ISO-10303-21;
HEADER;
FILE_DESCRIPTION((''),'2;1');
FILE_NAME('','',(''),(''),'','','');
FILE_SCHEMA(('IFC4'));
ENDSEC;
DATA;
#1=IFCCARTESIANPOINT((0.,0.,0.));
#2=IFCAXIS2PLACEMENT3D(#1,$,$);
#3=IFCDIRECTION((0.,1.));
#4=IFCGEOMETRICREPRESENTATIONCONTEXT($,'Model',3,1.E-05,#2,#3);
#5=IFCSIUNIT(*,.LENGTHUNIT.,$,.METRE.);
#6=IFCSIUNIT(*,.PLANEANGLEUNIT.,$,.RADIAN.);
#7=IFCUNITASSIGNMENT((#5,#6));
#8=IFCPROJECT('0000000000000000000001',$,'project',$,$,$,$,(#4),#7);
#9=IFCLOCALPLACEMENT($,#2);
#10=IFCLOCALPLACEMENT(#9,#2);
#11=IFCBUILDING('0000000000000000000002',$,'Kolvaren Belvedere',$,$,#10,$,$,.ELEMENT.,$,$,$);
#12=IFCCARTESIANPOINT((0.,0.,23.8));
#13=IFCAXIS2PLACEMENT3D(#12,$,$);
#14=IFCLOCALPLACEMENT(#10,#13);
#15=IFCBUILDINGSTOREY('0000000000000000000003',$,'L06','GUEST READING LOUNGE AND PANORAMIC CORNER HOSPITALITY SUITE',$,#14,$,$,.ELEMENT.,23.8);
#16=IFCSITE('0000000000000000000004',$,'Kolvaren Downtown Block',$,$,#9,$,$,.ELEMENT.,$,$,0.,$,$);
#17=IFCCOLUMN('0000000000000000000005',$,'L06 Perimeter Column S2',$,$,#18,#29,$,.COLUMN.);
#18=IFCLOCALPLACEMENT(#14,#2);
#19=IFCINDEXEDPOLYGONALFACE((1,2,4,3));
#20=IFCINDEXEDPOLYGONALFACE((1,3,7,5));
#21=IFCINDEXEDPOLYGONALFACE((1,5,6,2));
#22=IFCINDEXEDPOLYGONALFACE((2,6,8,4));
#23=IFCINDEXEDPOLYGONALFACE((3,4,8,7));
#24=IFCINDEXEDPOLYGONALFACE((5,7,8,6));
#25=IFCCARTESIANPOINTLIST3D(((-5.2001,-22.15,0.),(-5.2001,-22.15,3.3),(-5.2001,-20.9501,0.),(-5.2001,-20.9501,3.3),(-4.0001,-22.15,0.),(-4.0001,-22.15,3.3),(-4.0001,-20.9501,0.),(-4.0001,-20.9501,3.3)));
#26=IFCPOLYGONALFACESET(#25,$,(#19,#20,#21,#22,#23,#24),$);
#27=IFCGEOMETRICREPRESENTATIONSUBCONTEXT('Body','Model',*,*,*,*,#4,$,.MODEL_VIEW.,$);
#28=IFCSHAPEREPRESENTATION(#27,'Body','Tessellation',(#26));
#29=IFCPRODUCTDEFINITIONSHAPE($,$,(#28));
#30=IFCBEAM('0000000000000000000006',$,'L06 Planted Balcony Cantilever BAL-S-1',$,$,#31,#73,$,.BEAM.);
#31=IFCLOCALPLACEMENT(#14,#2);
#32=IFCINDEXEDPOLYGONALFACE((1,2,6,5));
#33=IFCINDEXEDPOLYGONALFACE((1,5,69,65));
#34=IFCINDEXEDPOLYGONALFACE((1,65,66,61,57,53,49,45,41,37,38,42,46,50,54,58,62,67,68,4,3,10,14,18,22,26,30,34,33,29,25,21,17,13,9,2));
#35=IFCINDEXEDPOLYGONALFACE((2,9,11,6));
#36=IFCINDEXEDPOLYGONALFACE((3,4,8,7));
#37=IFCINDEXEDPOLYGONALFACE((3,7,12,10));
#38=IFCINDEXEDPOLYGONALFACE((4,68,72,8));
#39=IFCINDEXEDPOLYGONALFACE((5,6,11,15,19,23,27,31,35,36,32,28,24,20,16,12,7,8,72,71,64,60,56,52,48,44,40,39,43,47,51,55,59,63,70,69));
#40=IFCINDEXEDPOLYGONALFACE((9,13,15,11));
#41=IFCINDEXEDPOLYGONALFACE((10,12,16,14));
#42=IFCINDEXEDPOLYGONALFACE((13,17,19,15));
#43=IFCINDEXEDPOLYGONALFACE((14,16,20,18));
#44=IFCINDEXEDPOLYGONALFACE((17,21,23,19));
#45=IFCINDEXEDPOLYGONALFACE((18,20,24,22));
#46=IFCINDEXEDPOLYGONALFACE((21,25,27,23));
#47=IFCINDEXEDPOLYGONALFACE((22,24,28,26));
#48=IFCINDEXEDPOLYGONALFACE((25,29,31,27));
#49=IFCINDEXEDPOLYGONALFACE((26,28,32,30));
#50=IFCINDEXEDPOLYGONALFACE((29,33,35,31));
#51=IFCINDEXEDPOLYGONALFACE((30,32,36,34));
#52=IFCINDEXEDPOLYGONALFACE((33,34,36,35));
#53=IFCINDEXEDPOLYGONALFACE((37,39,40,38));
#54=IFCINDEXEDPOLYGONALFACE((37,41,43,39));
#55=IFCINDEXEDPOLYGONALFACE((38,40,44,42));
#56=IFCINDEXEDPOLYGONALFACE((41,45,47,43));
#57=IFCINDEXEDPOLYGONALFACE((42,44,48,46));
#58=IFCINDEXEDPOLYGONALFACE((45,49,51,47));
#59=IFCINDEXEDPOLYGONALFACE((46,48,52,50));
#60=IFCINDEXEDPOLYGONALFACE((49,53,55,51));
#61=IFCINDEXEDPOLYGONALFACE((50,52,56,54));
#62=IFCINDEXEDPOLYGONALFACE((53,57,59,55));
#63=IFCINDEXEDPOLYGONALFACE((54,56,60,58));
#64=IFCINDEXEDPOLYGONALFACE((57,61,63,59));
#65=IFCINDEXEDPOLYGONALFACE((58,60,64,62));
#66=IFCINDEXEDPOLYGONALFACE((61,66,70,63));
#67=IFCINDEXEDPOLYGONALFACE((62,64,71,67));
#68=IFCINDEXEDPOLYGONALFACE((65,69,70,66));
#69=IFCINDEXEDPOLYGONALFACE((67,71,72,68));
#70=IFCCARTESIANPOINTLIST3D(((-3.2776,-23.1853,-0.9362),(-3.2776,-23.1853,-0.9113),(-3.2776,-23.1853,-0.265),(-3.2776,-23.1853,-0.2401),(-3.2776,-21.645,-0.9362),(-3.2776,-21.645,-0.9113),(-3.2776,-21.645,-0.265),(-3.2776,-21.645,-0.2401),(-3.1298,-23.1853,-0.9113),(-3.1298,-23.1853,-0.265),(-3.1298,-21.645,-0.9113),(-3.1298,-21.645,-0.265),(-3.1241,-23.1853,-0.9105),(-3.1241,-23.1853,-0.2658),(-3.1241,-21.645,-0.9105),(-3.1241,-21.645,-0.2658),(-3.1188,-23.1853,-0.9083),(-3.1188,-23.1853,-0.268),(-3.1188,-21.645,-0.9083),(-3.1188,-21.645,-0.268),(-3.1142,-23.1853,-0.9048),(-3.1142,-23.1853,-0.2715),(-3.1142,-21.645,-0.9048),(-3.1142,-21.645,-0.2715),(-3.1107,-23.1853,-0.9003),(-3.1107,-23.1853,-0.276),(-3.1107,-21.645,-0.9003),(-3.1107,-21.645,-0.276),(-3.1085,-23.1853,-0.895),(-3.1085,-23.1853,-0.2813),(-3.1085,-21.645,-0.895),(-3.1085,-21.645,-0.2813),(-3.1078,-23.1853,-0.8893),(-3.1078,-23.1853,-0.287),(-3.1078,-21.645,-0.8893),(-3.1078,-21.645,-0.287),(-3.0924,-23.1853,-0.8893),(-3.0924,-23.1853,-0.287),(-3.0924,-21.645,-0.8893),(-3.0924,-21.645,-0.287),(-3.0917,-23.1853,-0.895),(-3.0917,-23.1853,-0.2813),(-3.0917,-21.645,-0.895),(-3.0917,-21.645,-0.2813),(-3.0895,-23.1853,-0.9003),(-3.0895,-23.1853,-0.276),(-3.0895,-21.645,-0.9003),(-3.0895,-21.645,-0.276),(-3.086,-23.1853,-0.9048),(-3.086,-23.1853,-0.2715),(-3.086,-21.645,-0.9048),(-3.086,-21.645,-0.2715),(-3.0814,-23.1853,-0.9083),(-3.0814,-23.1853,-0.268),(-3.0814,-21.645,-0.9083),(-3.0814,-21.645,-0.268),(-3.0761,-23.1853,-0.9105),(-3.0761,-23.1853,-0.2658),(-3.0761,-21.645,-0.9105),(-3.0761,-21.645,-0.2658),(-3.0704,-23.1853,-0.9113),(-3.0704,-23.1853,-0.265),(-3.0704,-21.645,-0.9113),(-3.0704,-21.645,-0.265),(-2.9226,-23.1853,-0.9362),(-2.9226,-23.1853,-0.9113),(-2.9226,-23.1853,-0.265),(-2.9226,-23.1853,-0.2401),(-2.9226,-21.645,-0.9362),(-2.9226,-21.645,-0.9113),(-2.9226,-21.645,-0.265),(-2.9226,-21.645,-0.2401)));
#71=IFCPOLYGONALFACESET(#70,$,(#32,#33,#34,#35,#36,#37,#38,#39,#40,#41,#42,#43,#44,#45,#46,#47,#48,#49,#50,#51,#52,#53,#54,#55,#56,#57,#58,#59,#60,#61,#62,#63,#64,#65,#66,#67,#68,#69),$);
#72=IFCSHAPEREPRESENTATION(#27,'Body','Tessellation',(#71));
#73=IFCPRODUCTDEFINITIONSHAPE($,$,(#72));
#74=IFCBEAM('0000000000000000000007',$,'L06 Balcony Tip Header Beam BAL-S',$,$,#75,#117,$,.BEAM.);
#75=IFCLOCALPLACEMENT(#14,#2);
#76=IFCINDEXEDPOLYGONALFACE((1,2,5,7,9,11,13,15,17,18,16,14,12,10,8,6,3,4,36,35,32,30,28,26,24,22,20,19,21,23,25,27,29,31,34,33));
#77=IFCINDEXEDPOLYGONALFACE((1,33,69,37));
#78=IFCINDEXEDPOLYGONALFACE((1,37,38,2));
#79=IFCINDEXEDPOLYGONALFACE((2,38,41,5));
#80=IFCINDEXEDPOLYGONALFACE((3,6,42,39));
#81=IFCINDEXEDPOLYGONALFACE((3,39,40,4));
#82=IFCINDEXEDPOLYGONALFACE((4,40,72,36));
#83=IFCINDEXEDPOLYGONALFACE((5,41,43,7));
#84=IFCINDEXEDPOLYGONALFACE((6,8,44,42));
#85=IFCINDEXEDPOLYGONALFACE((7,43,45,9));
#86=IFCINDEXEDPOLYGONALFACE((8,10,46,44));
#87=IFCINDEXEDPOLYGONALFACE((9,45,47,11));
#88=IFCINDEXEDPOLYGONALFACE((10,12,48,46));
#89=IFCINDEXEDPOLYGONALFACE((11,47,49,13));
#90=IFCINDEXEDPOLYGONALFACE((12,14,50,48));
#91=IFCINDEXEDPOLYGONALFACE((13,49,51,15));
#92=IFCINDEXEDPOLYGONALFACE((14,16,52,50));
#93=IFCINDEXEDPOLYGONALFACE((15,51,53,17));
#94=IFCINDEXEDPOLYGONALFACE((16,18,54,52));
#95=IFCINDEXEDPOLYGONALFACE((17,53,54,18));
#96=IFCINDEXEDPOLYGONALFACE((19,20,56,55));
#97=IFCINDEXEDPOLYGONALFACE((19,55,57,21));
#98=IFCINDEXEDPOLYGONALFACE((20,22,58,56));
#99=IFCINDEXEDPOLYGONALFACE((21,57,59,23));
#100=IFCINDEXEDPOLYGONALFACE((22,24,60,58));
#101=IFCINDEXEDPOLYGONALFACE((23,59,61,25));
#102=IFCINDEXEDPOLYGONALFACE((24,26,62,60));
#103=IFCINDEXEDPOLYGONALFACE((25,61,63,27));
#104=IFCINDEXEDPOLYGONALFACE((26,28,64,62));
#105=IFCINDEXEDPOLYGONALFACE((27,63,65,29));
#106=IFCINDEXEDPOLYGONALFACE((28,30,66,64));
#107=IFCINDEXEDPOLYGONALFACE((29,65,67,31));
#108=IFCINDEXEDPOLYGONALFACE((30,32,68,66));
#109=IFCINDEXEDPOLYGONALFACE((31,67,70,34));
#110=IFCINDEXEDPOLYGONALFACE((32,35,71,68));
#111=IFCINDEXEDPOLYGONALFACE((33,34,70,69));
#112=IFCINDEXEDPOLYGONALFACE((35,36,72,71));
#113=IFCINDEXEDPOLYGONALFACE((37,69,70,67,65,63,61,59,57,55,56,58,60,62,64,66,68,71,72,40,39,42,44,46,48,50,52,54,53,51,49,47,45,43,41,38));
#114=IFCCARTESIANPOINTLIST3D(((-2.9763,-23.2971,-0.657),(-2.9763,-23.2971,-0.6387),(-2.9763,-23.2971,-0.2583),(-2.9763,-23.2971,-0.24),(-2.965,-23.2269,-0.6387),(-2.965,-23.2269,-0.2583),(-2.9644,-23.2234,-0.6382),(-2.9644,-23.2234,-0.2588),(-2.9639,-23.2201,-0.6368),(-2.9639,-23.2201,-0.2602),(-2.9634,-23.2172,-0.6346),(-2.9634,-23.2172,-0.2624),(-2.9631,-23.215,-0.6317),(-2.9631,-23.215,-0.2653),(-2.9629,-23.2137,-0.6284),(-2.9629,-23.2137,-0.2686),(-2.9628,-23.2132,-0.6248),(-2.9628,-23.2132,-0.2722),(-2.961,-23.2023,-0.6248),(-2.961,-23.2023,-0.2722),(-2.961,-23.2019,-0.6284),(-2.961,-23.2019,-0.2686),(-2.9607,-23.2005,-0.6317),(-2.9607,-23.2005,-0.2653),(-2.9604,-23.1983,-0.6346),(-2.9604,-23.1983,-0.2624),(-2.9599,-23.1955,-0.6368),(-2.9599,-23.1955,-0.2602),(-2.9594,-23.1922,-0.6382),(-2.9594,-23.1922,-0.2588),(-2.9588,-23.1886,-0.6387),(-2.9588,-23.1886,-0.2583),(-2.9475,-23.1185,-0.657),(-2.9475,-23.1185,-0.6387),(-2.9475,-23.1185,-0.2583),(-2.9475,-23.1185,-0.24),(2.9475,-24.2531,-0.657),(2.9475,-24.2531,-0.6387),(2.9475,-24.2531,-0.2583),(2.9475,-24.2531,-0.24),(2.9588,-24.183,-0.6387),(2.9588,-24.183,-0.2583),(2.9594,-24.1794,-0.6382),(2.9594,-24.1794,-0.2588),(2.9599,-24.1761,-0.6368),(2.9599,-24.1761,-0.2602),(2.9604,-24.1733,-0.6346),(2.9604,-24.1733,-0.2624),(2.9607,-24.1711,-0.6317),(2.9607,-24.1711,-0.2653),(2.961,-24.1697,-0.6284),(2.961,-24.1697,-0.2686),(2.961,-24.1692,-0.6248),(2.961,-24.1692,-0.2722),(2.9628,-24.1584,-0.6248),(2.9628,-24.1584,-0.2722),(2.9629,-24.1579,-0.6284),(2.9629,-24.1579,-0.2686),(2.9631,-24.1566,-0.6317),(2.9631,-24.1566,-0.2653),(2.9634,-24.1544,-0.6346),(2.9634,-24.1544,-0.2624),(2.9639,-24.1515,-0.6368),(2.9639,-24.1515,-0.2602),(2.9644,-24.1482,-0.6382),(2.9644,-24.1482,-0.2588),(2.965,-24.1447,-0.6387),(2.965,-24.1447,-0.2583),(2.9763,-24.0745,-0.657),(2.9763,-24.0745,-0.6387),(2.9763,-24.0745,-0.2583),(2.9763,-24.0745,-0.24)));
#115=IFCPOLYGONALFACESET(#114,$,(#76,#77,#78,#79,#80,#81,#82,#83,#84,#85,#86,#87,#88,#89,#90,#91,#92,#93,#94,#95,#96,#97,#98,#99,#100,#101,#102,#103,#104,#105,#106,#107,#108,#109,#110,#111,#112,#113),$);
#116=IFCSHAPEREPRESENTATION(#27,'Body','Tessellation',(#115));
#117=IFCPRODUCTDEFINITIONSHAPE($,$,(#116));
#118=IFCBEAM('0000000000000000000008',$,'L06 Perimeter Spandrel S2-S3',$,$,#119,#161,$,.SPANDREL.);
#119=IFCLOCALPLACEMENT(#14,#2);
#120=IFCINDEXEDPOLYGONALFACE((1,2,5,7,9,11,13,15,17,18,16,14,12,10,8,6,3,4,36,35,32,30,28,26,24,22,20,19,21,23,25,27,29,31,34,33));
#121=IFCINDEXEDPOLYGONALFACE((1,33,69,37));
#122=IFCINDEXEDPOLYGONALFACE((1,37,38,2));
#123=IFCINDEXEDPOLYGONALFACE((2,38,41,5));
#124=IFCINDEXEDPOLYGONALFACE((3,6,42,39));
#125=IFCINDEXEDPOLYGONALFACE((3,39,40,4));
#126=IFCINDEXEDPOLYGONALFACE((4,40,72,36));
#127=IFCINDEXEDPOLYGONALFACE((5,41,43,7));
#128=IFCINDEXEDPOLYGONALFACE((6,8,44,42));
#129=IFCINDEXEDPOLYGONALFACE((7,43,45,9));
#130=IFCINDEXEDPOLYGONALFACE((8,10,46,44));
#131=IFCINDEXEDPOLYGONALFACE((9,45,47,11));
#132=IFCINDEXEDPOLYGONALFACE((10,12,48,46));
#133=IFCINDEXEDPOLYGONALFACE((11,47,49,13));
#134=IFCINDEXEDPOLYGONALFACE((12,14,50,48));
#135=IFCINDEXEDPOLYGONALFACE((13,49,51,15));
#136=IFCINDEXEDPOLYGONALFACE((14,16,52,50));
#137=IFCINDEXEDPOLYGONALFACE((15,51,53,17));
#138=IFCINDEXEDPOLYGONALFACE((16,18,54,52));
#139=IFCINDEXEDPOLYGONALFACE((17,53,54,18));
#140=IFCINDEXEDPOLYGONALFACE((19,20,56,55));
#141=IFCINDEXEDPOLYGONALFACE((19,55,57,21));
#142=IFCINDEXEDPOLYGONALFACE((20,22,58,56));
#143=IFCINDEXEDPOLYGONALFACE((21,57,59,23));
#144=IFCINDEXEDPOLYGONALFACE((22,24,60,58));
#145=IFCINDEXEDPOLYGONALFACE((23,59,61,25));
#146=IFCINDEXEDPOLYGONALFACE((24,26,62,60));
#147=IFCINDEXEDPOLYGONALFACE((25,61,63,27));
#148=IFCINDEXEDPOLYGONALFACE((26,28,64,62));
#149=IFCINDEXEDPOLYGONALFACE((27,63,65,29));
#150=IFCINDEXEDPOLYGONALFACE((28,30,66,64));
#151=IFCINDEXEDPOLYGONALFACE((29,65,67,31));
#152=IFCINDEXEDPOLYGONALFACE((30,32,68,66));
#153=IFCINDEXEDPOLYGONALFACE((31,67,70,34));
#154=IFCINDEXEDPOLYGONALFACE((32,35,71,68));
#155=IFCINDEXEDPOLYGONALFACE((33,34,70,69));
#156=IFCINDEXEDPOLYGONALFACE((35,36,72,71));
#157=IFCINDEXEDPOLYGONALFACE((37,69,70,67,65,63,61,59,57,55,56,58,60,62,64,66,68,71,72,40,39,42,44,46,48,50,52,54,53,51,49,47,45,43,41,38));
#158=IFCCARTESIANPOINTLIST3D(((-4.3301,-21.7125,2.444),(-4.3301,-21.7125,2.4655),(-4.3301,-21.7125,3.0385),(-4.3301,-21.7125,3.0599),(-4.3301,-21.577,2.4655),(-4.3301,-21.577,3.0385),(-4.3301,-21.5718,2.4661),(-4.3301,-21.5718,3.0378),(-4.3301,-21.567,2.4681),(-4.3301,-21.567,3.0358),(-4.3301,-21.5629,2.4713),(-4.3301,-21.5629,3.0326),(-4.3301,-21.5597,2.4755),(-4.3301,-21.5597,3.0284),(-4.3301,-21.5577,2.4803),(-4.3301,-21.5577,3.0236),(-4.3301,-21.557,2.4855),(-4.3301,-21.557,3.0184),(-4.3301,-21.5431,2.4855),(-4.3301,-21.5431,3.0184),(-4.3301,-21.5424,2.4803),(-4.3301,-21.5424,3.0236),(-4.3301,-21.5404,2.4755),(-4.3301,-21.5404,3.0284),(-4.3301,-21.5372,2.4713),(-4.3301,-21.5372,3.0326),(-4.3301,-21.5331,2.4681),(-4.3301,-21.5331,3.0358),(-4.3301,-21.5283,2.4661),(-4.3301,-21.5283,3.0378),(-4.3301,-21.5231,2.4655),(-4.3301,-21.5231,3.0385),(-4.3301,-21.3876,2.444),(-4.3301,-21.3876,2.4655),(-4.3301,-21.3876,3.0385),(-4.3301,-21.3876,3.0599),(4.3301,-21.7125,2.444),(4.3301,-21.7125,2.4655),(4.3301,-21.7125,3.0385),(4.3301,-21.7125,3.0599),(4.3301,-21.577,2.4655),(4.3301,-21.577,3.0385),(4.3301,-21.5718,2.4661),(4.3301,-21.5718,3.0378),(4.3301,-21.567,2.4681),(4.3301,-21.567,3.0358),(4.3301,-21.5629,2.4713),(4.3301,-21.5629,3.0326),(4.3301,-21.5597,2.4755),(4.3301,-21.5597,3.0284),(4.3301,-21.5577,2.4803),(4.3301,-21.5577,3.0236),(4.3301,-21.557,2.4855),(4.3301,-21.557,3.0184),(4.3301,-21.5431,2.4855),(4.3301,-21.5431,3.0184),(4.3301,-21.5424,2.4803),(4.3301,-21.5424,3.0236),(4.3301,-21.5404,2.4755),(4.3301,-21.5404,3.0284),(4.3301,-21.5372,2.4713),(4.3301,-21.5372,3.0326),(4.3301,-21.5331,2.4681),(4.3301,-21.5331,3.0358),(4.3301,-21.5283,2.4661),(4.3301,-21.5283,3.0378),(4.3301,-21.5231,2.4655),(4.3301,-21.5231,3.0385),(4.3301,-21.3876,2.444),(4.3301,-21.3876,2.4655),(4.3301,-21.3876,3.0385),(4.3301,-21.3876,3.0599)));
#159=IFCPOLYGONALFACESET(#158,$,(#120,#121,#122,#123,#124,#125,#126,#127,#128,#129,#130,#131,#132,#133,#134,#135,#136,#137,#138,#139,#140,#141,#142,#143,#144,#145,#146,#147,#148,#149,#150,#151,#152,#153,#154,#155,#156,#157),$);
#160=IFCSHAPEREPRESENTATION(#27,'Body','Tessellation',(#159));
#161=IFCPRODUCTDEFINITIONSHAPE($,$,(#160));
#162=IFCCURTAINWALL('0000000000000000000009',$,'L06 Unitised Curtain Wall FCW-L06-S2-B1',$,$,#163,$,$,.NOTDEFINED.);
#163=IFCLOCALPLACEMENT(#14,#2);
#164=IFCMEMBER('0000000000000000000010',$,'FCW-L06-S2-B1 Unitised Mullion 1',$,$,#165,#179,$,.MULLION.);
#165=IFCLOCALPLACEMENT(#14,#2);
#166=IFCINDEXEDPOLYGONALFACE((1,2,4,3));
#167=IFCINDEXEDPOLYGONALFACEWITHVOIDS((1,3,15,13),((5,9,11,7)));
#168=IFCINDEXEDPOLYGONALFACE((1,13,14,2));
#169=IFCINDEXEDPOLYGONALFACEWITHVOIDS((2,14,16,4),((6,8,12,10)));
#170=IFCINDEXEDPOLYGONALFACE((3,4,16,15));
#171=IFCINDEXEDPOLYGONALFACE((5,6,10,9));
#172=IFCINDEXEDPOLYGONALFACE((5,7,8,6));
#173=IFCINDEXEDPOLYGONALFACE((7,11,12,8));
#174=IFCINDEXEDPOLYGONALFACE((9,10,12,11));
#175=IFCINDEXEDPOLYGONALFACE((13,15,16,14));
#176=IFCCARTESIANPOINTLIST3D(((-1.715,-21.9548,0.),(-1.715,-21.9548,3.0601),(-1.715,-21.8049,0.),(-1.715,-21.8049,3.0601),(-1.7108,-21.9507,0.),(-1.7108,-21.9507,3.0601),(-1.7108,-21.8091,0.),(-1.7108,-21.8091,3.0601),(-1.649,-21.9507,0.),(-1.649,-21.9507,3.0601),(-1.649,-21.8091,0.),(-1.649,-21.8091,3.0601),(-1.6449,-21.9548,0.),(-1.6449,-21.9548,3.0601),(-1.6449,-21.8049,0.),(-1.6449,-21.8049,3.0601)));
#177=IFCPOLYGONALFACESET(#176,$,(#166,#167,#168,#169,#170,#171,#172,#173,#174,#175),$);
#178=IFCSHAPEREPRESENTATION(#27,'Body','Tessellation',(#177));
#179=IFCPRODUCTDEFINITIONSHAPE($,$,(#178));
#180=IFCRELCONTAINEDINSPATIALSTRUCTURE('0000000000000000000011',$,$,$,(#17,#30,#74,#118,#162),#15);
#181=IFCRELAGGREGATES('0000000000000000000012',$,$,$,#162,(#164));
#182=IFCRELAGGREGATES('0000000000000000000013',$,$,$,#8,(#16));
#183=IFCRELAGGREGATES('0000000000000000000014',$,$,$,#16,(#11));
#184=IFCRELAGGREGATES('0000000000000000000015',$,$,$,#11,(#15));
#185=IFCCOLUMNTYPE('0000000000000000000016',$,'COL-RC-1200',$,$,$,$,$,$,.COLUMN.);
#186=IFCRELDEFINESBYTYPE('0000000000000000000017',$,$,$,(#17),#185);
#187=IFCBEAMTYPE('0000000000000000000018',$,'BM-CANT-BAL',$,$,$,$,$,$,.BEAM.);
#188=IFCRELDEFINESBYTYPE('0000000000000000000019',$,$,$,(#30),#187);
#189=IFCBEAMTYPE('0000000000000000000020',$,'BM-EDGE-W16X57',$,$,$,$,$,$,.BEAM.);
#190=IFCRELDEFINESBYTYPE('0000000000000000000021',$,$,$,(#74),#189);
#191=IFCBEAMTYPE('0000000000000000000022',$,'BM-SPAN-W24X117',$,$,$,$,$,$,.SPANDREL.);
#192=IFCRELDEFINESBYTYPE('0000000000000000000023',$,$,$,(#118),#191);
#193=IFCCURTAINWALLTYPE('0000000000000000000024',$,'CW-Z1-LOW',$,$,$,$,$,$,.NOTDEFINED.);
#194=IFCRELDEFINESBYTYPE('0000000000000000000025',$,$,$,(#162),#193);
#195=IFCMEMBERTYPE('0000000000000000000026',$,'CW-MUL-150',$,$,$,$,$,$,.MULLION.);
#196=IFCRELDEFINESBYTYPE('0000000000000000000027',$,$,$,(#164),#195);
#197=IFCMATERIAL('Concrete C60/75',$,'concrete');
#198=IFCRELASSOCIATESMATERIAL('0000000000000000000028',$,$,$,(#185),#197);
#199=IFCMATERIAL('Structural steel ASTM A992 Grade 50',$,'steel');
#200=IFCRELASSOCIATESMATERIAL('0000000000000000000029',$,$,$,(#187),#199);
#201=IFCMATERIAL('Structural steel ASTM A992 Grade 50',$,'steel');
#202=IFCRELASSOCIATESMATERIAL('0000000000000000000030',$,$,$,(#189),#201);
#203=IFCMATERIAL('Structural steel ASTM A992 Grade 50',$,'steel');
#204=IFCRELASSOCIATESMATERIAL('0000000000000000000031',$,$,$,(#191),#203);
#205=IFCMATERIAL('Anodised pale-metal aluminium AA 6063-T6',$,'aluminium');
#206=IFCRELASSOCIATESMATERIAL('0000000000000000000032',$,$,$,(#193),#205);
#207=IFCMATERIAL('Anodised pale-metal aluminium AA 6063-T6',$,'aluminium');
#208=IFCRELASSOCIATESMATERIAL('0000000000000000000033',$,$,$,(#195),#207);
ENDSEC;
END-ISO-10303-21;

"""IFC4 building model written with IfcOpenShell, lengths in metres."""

from ifc_helpers import new_model, si_unit, direction, frame, origin, origin_2d, place, context, subcontext, project, spatial, rectangle, hollow_rectangle, i_section, extrude, material, material_profile, profile_set, type_object, element, aggregate, save


model = new_model("IFC4")

# Units and contexts
model_context = context("Model", 3, precision=1e-05, world=origin(), true_north=direction((0.0, 1.0)))
body_context = subcontext(model_context, "Body", "Model", "MODEL_VIEW")
ifc_project = project(units=[si_unit("LENGTHUNIT", "METRE"), si_unit("PLANEANGLEUNIT", "RADIAN")], contexts=[model_context])

# Site, building, storey
site_placement = place(None, origin())
site = spatial("IfcSite", under=ifc_project, at=site_placement, Name="Kolvaren Downtown Block", CompositionType="ELEMENT", RefElevation=0.0)
building_placement = place(site_placement, origin())
building = spatial("IfcBuilding", under=site, at=building_placement, Name="Kolvaren Belvedere", CompositionType="ELEMENT")
storey_placement = place(building_placement, frame((0.0, 0.0, 23.8)))
storey = spatial("IfcBuildingStorey", under=building, at=storey_placement, Name="L06", Description="GUEST READING LOUNGE AND PANORAMIC CORNER HOSPITALITY SUITE", CompositionType="ELEMENT", Elevation=23.8)

# Column
ifc_material_1 = material(Name="Concrete C60/75", Category="concrete")
ifc_material_profile_1 = material_profile(ifc_material_1, rectangle(XDim=1.2, YDim=1.2, at=origin_2d()), Name="RC 1200X1200")
ifc_profile_set_1 = profile_set([ifc_material_profile_1], Name="Concrete C60/75")
column_type = type_object("IfcColumnType", Name="COL-RC-1200", PredefinedType="COLUMN", material=ifc_profile_set_1)
column_placement = place(storey_placement, frame((-4.6001, -21.55, 0.0), z_axis=(0.0, 0.0, 1.0), x_axis=(1.0, 0.0, 0.0)))
element("IfcColumn", 1, at=column_placement, inside=storey, type_object=column_type, Name="L06 Perimeter Column S2", PredefinedType="COLUMN", context=body_context, shape_type="SweptSolid", body=[
    extrude(rectangle(XDim=1.2, YDim=1.2, at=origin_2d()), origin(), (0.0, 0.0, 1.0), 3.3),
])

# Beams
ifc_material_2 = material(Name="Structural steel ASTM A992 Grade 50", Category="steel")
ifc_material_profile_2 = material_profile(ifc_material_2, i_section(OverallWidth=0.355, OverallDepth=0.696, WebThickness=0.0154, FlangeThickness=0.0249, FilletRadius=0.022, at=origin_2d()), Name="W27X146")
ifc_profile_set_2 = profile_set([ifc_material_profile_2], Name="Structural steel ASTM A992 Grade 50")
beam_type_1 = type_object("IfcBeamType", Name="BM-CANT-BAL", PredefinedType="BEAM", material=ifc_profile_set_2)
beam_1_placement = place(storey_placement, frame((-3.1001, -21.645, -0.5881), z_axis=(0.0, -1.0, 0.0), x_axis=(1.0, 0.0, 0.0)))
element("IfcBeam", 2, at=beam_1_placement, inside=storey, type_object=beam_type_1, Name="L06 Planted Balcony Cantilever BAL-S-1", PredefinedType="BEAM", context=body_context, shape_type="SweptSolid", body=[
    extrude(i_section(OverallWidth=0.355, OverallDepth=0.696, WebThickness=0.0154, FlangeThickness=0.0249, FilletRadius=0.022, at=origin_2d()), origin(), (0.0, 0.0, 1.0), 1.5403),
])
ifc_material_3 = material(Name="Structural steel ASTM A992 Grade 50", Category="steel")
ifc_material_profile_3 = material_profile(ifc_material_3, i_section(OverallWidth=0.1809, OverallDepth=0.417, WebThickness=0.011, FlangeThickness=0.0183, FilletRadius=0.0139, at=origin_2d()), Name="W16X57")
ifc_profile_set_3 = profile_set([ifc_material_profile_3], Name="Structural steel ASTM A992 Grade 50")
beam_type_2 = type_object("IfcBeamType", Name="BM-EDGE-W16X57", PredefinedType="BEAM", material=ifc_profile_set_3)
beam_2_placement = place(storey_placement, frame((-2.9619, -23.2078, -0.4485), z_axis=(0.987225, -0.15933, 0.0), x_axis=(0.15933, 0.987225, 0.0)))
element("IfcBeam", 3, at=beam_2_placement, inside=storey, type_object=beam_type_2, Name="L06 Balcony Tip Header Beam BAL-S", PredefinedType="BEAM", context=body_context, shape_type="SweptSolid", body=[
    extrude(i_section(OverallWidth=0.1809, OverallDepth=0.417, WebThickness=0.011, FlangeThickness=0.0183, FilletRadius=0.0139, at=origin_2d()), origin(), (0.0, 0.0, 1.0), 6.0005),
])
ifc_material_4 = material(Name="Structural steel ASTM A992 Grade 50", Category="steel")
ifc_material_profile_4 = material_profile(ifc_material_4, i_section(OverallWidth=0.325, OverallDepth=0.616, WebThickness=0.0139, FlangeThickness=0.0215, FilletRadius=0.02, at=origin_2d()), Name="W24X117")
ifc_profile_set_4 = profile_set([ifc_material_profile_4], Name="Structural steel ASTM A992 Grade 50")
beam_type_3 = type_object("IfcBeamType", Name="BM-SPAN-W24X117", PredefinedType="SPANDREL", material=ifc_profile_set_4)
beam_3_placement = place(storey_placement, frame((-4.3301, -21.55, 2.752), z_axis=(1.0, 0.0, 0.0), x_axis=(0.0, 1.0, 0.0)))
element("IfcBeam", 4, at=beam_3_placement, inside=storey, type_object=beam_type_3, Name="L06 Perimeter Spandrel S2-S3", PredefinedType="SPANDREL", context=body_context, shape_type="SweptSolid", body=[
    extrude(i_section(OverallWidth=0.325, OverallDepth=0.616, WebThickness=0.0139, FlangeThickness=0.0215, FilletRadius=0.02, at=origin_2d()), origin(), (0.0, 0.0, 1.0), 8.6602),
])

# Curtain wall, member
ifc_material_5 = material(Name="Anodised pale-metal aluminium AA 6063-T6", Category="aluminium")
curtain_wall_type = type_object("IfcCurtainWallType", Name="CW-Z1-LOW", PredefinedType="NOTDEFINED", material=ifc_material_5)
curtain_wall_1_placement = place(storey_placement, origin())
curtain_wall_1 = element("IfcCurtainWall", 5, at=curtain_wall_1_placement, inside=storey, type_object=curtain_wall_type, Name="L06 Unitised Curtain Wall FCW-L06-S2-B1", PredefinedType="NOTDEFINED")
ifc_material_6 = material(Name="Anodised pale-metal aluminium AA 6063-T6", Category="aluminium")
ifc_material_profile_5 = material_profile(ifc_material_6, hollow_rectangle(XDim=0.0701, YDim=0.1499, WallThickness=0.0042, at=origin_2d()), Name="ALU-MUL-150X70")
ifc_profile_set_5 = profile_set([ifc_material_profile_5], Name="Anodised pale-metal aluminium AA 6063-T6")
member_type_1 = type_object("IfcMemberType", Name="CW-MUL-150", PredefinedType="MULLION", material=ifc_profile_set_5)
member_1_placement = place(storey_placement, frame((-1.6799, -21.8799, 0.0), z_axis=(0.0, 0.0, 1.0), x_axis=(1.0, 0.0, 0.0)))
member_1 = element("IfcMember", 6, at=member_1_placement, type_object=member_type_1, Name="FCW-L06-S2-B1 Unitised Mullion 1", PredefinedType="MULLION", context=body_context, shape_type="SweptSolid", body=[
    extrude(hollow_rectangle(XDim=0.0701, YDim=0.1499, WallThickness=0.0042, at=origin_2d()), origin(), (0.0, 0.0, 1.0), 3.0601),
])

aggregate(curtain_wall_1, [member_1])

save(model, "model.ifc")
